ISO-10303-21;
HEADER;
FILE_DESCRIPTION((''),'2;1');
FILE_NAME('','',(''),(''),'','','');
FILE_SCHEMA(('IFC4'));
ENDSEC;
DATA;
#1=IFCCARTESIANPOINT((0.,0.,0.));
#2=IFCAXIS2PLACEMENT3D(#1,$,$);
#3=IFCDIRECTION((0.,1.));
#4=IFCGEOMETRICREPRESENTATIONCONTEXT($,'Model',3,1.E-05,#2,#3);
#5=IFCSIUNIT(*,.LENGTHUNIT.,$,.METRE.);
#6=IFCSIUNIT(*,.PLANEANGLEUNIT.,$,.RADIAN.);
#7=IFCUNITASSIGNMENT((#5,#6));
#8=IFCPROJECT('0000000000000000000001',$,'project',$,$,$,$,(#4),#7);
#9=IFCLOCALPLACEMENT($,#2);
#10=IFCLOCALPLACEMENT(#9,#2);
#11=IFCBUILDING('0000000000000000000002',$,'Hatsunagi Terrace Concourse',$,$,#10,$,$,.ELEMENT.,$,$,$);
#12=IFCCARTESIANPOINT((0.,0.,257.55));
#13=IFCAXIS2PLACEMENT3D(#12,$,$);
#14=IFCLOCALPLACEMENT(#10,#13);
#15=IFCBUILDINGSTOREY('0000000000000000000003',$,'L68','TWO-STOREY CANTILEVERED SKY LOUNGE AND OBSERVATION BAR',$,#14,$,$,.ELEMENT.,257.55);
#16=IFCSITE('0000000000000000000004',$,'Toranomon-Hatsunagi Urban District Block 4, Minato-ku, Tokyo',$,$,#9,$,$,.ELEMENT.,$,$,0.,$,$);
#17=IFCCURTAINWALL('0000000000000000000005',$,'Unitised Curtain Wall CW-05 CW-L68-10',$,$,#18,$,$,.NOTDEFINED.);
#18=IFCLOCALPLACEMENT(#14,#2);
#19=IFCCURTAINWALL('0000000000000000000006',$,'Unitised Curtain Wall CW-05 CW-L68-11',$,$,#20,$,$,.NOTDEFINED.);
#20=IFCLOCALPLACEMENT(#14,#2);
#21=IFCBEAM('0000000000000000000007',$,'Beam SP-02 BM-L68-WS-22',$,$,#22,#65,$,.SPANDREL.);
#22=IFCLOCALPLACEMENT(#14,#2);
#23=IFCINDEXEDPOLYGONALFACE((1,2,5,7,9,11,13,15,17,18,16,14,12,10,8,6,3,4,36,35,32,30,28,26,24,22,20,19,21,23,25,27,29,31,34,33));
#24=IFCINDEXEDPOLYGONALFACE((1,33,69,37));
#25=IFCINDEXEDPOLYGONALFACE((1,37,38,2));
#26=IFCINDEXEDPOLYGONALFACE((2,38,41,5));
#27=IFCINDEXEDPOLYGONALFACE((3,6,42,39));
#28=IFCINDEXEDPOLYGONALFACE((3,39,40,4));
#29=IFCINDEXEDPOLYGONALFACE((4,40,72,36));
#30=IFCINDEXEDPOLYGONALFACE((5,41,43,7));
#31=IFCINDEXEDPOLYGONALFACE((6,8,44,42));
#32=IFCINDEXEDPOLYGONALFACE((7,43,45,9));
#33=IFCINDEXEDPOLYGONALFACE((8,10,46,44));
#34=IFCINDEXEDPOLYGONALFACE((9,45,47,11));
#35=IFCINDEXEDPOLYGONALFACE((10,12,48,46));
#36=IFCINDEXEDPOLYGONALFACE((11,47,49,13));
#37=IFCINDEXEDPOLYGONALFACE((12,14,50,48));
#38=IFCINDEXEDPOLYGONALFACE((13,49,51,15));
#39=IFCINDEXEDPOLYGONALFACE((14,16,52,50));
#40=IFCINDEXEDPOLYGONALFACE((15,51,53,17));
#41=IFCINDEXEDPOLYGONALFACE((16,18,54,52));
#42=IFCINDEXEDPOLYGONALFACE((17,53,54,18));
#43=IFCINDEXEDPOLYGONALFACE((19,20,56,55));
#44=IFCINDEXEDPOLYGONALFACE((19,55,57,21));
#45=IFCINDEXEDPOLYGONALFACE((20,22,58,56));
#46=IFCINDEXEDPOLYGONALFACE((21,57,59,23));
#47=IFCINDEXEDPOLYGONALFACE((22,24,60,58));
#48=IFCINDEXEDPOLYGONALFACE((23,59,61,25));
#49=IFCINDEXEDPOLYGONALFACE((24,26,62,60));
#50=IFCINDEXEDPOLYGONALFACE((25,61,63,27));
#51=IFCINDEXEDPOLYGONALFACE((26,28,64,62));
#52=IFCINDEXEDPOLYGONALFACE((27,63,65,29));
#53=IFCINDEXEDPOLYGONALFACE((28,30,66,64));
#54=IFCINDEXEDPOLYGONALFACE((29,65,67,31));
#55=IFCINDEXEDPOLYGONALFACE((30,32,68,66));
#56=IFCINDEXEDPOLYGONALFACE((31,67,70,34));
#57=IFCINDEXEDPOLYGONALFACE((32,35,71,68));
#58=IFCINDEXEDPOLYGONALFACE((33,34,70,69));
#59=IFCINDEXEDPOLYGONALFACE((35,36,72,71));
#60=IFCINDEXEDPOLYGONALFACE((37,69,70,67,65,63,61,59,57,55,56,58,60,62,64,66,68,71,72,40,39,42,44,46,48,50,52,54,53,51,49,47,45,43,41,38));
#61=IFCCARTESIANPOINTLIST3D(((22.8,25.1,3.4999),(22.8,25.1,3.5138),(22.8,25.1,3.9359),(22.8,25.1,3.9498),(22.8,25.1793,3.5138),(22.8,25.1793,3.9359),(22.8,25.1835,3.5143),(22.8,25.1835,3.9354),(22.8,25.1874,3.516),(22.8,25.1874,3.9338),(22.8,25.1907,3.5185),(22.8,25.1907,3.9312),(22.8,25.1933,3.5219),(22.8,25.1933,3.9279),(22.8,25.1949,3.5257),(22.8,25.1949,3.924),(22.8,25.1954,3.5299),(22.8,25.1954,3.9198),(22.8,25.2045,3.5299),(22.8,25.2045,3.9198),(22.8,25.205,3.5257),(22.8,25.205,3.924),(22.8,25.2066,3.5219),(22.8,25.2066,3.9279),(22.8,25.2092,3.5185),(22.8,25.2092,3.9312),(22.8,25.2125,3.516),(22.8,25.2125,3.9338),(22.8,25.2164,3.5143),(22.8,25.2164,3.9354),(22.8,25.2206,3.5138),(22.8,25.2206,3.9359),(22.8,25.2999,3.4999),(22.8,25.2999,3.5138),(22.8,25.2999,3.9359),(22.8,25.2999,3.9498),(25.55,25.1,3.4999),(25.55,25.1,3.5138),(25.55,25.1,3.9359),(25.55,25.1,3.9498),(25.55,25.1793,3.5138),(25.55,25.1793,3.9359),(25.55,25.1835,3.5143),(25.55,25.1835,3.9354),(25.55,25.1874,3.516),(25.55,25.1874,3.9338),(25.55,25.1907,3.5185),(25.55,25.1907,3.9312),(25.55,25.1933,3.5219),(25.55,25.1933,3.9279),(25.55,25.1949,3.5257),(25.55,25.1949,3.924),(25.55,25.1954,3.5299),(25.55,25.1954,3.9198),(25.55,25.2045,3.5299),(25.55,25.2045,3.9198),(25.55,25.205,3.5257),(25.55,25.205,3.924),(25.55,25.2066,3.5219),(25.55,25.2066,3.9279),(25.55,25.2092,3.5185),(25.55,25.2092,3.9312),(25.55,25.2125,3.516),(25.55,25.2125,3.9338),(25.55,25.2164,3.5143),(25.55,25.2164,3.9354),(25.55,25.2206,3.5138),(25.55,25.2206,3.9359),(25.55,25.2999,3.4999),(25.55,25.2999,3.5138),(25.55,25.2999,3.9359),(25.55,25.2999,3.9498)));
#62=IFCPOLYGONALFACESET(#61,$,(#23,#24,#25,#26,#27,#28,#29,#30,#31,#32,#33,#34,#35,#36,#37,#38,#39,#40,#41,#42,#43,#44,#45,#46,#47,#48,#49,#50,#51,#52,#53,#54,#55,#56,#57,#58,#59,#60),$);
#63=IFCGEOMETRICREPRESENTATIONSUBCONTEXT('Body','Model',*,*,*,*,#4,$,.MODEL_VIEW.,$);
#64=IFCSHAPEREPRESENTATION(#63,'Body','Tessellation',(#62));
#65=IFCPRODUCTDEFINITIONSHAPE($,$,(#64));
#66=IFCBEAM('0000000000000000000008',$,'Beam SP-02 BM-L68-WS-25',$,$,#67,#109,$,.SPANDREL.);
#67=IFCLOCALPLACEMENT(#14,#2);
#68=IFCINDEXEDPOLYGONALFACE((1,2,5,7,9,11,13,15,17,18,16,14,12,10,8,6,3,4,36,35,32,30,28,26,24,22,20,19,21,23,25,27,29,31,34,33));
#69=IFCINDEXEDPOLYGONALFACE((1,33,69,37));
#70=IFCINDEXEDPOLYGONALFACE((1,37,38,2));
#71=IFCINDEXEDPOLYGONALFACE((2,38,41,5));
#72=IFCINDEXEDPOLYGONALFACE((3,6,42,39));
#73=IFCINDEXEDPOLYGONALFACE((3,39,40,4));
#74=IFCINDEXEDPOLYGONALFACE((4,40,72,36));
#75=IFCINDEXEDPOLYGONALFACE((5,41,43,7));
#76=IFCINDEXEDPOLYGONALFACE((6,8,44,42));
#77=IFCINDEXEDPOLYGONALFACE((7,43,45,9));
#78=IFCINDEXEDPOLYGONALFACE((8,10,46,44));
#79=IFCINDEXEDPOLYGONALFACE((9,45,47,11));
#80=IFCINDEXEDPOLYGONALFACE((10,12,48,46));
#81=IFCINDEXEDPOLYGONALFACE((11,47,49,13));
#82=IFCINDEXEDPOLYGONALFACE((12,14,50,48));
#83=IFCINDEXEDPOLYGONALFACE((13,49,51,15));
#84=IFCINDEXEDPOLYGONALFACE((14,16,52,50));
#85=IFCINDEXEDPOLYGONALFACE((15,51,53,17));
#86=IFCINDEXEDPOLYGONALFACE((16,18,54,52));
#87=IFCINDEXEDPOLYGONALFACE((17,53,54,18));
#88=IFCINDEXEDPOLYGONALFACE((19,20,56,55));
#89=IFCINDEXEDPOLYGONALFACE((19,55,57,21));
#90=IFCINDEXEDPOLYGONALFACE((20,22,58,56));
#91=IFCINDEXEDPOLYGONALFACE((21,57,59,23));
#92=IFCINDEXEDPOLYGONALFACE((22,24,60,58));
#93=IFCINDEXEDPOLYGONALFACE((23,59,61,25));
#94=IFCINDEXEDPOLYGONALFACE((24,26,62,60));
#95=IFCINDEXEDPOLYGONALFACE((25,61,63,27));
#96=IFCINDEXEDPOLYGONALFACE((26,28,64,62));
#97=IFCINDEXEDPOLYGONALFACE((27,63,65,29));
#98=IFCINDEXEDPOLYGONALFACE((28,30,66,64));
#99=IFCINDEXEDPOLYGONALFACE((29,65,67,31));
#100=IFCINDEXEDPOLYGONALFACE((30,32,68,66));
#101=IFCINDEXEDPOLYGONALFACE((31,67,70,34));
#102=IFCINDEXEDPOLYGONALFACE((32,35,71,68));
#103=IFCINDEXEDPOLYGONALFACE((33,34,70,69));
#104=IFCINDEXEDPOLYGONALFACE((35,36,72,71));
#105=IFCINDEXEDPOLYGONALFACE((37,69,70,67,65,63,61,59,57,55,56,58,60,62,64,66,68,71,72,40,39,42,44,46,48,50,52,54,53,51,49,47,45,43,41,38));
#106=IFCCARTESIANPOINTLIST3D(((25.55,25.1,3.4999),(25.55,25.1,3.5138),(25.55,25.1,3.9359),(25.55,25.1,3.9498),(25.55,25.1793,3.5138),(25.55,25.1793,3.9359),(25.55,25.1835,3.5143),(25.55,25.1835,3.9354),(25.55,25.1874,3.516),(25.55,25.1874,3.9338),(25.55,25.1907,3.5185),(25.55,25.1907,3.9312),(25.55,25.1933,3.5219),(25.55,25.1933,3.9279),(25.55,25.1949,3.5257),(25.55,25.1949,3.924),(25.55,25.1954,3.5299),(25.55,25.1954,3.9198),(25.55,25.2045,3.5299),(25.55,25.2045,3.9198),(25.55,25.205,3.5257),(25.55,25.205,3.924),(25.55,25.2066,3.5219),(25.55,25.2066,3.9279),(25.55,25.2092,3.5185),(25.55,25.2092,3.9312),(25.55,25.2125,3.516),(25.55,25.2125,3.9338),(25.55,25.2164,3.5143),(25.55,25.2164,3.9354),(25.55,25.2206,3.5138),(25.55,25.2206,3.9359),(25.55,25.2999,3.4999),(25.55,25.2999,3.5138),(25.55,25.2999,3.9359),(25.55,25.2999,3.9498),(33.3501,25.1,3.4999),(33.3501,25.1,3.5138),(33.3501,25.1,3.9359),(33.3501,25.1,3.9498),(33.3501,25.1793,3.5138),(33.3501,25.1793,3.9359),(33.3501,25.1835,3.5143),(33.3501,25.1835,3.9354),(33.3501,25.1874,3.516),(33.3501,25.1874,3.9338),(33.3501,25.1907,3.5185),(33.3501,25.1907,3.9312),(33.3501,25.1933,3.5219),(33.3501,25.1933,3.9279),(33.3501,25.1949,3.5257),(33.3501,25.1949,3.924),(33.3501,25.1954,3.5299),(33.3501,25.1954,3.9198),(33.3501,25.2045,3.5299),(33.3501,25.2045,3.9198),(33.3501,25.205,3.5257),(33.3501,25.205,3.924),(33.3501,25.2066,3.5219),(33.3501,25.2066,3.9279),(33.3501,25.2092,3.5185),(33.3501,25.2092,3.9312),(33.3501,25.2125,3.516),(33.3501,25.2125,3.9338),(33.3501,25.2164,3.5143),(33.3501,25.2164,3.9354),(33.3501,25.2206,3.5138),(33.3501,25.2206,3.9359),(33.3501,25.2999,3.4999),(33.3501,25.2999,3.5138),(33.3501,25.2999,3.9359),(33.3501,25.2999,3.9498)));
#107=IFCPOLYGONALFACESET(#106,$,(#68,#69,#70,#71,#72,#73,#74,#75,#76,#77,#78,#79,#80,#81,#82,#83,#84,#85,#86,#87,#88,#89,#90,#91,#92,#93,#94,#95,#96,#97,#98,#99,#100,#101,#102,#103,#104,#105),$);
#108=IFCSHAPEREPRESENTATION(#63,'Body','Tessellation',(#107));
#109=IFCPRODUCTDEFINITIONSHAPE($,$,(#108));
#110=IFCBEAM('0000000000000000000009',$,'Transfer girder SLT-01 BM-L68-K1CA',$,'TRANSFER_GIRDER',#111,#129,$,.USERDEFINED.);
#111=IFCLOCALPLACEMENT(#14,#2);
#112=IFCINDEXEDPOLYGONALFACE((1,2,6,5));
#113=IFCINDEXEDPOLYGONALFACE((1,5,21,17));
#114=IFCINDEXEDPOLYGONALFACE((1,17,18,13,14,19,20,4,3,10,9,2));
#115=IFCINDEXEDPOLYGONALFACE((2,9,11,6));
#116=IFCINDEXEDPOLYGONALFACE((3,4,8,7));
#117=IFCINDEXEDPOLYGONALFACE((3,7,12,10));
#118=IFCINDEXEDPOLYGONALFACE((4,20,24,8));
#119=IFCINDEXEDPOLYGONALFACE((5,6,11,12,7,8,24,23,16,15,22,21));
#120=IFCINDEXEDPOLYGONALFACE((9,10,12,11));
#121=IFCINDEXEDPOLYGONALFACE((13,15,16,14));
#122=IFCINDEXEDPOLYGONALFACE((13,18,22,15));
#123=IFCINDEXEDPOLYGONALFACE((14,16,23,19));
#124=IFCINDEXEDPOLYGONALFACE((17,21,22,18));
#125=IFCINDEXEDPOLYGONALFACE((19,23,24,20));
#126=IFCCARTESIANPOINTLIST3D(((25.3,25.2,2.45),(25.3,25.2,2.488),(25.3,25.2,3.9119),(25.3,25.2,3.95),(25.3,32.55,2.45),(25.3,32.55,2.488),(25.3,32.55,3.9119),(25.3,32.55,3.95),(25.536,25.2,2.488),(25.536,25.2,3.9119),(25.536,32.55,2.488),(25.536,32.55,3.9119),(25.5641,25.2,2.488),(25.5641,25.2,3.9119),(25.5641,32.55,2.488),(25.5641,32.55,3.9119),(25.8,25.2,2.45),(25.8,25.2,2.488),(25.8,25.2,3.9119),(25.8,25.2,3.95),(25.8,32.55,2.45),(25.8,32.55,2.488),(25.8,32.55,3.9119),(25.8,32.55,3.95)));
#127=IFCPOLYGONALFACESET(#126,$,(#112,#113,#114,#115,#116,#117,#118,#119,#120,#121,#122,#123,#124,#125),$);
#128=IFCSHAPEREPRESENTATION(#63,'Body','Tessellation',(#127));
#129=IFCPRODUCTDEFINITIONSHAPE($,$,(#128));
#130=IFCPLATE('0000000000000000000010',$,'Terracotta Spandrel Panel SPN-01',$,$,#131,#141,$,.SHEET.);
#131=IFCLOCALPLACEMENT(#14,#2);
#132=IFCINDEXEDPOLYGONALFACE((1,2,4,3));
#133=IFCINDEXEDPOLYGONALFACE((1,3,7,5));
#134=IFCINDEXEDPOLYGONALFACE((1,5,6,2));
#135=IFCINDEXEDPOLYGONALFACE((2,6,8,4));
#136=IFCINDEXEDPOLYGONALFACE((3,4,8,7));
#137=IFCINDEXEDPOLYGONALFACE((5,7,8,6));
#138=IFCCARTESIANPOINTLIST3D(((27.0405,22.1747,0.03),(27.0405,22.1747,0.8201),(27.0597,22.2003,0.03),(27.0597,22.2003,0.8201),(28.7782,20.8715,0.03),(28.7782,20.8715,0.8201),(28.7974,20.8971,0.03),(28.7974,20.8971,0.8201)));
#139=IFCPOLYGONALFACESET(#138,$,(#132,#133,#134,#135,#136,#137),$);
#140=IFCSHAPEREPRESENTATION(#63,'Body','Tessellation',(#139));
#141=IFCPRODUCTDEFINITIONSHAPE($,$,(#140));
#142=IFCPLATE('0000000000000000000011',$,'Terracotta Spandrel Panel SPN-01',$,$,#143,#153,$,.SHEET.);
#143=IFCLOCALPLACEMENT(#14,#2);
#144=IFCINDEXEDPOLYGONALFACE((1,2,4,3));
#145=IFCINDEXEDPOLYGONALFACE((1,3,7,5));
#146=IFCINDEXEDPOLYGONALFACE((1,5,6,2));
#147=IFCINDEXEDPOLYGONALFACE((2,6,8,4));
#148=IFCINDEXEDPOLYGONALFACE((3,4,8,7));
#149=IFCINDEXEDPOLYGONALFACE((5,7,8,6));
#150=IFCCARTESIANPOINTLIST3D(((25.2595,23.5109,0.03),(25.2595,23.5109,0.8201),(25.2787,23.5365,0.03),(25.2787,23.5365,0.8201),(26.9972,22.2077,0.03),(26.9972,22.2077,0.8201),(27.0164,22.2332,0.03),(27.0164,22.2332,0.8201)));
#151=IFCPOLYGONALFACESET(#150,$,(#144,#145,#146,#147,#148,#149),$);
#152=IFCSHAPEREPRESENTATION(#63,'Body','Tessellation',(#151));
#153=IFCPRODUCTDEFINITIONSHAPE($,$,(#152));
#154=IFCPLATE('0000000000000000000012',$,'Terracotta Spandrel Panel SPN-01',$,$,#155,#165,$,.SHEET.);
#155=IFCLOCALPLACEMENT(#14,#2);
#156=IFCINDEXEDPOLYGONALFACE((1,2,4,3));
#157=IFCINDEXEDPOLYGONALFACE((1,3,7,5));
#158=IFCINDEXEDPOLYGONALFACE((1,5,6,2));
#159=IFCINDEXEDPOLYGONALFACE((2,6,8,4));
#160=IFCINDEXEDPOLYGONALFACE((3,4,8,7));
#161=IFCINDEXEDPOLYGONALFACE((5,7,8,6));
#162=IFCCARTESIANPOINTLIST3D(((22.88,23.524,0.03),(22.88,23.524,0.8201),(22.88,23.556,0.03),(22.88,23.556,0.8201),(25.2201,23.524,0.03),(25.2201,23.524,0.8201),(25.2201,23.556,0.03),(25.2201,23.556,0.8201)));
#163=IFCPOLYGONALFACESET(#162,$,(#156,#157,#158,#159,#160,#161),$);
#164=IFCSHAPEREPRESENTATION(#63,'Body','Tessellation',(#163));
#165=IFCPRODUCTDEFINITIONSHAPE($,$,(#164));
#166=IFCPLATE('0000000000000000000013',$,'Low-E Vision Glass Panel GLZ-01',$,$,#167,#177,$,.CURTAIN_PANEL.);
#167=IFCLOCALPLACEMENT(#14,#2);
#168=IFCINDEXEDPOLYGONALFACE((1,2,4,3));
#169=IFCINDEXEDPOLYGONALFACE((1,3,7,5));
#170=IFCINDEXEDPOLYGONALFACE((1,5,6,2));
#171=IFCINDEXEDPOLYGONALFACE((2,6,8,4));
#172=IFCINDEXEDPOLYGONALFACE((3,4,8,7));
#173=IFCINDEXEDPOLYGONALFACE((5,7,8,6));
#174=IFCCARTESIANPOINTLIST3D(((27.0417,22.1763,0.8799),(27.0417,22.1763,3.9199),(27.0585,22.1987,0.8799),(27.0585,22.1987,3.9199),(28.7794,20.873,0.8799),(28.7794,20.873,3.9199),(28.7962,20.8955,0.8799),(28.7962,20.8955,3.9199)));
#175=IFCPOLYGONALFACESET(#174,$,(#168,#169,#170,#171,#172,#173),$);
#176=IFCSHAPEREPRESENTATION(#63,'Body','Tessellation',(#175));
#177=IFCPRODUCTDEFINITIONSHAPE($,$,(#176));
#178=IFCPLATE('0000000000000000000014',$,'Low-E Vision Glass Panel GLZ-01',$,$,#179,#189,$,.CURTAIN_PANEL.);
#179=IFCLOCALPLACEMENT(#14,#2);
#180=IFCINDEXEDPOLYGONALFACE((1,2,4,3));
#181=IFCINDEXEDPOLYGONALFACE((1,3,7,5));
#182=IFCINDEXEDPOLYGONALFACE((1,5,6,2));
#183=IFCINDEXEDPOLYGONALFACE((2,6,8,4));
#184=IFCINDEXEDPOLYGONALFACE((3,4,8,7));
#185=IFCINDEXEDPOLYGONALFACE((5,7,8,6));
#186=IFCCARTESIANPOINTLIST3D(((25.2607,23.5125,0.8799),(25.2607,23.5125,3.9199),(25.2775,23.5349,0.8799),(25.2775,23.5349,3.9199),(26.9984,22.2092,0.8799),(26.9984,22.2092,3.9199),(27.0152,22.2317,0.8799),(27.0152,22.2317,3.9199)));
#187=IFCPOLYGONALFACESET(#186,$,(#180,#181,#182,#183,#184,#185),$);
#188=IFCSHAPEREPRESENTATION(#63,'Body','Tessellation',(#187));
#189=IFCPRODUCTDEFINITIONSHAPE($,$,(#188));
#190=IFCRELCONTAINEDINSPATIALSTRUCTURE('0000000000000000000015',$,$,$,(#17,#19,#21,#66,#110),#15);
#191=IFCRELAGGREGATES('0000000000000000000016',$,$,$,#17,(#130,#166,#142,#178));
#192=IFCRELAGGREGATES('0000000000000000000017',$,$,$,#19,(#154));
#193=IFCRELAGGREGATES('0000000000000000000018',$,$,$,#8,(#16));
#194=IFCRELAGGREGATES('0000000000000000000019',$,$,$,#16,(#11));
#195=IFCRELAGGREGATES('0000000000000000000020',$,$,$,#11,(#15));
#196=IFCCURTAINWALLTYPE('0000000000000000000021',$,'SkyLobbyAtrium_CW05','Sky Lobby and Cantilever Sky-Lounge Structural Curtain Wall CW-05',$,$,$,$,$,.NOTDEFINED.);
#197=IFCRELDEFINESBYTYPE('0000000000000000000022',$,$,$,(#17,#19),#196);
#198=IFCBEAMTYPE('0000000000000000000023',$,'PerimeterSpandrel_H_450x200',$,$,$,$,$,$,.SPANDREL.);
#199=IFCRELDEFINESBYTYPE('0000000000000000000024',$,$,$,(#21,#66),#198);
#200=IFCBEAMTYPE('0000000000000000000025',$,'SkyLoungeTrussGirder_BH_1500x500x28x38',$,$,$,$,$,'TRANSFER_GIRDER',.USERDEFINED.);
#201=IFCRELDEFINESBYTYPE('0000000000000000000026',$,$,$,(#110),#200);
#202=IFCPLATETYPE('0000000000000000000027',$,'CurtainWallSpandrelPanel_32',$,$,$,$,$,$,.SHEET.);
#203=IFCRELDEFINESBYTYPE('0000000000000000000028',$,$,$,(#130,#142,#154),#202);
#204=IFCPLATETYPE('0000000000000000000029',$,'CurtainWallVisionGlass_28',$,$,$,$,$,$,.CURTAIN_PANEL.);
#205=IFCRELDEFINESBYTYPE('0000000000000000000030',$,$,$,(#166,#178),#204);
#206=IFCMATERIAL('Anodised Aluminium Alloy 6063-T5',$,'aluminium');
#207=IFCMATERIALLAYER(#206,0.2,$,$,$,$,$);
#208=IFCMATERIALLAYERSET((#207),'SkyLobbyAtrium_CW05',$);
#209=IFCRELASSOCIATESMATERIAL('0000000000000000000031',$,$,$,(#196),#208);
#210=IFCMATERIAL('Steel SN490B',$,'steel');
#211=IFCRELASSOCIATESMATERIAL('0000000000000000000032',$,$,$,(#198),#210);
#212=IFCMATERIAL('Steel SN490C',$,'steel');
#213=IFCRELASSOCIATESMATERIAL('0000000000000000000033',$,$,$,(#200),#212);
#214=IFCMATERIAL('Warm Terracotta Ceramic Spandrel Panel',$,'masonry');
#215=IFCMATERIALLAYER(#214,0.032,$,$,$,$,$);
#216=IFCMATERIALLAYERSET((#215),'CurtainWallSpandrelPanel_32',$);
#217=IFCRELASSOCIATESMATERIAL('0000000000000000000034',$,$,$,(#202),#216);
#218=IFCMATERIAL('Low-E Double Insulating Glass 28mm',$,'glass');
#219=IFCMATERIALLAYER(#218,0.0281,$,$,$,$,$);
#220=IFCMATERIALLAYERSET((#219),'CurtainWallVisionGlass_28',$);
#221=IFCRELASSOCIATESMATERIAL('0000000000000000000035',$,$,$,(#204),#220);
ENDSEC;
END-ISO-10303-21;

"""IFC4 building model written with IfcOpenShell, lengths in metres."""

from ifc_helpers import new_model, si_unit, direction, frame, origin, origin_2d, place, context, subcontext, project, spatial, rectangle, i_section, extrude, material, layer, layer_set, material_profile, profile_set, type_object, element, aggregate, save


model = new_model("IFC4")

# Units and contexts
model_context = context("Model", 3, precision=1e-05, world=origin(), true_north=direction((0.0, 1.0)))
body_context = subcontext(model_context, "Body", "Model", "MODEL_VIEW")
ifc_project = project(units=[si_unit("LENGTHUNIT", "METRE"), si_unit("PLANEANGLEUNIT", "RADIAN")], contexts=[model_context])

# Site, building, storey
site_placement = place(None, origin())
site = spatial("IfcSite", under=ifc_project, at=site_placement, Name="Toranomon-Hatsunagi Urban District Block 4, Minato-ku, Tokyo", CompositionType="ELEMENT", RefElevation=0.0)
building_placement = place(site_placement, origin())
building = spatial("IfcBuilding", under=site, at=building_placement, Name="Hatsunagi Terrace Concourse", CompositionType="ELEMENT")
storey_placement = place(building_placement, frame((0.0, 0.0, 257.55)))
storey = spatial("IfcBuildingStorey", under=building, at=storey_placement, Name="L68", Description="TWO-STOREY CANTILEVERED SKY LOUNGE AND OBSERVATION BAR", CompositionType="ELEMENT", Elevation=257.55)

# Curtain walls
ifc_material_1 = material(Name="Anodised Aluminium Alloy 6063-T5", Category="aluminium")
ifc_layer_1 = layer(ifc_material_1, 0.2)
ifc_layer_set_1 = layer_set([ifc_layer_1], Name="SkyLobbyAtrium_CW05")
curtain_wall_type = type_object("IfcCurtainWallType", Name="SkyLobbyAtrium_CW05", Description="Sky Lobby and Cantilever Sky-Lounge Structural Curtain Wall CW-05", PredefinedType="NOTDEFINED", material=ifc_layer_set_1)
curtain_wall_1_placement = place(storey_placement, origin())
curtain_wall_1 = element("IfcCurtainWall", 1, at=curtain_wall_1_placement, inside=storey, type_object=curtain_wall_type, Name="Unitised Curtain Wall CW-05 CW-L68-10", PredefinedType="NOTDEFINED")
curtain_wall_2_placement = place(storey_placement, origin())
curtain_wall_2 = element("IfcCurtainWall", 2, at=curtain_wall_2_placement, inside=storey, type_object=curtain_wall_type, Name="Unitised Curtain Wall CW-05 CW-L68-11", PredefinedType="NOTDEFINED")

# Beams
ifc_material_2 = material(Name="Steel SN490B", Category="steel")
ifc_material_profile_1 = material_profile(ifc_material_2, i_section(OverallWidth=0.2, OverallDepth=0.45, WebThickness=0.009, FlangeThickness=0.0139, FilletRadius=0.0161, at=origin_2d()), Name="H-450x200x9x14")
ifc_profile_set_1 = profile_set([ifc_material_profile_1], Name="Steel SN490B")
beam_type_1 = type_object("IfcBeamType", Name="PerimeterSpandrel_H_450x200", PredefinedType="SPANDREL", material=ifc_profile_set_1)
beam_1_placement = place(storey_placement, frame((22.8, 25.2, 3.7249), z_axis=(1.0, 0.0, 0.0), x_axis=(0.0, 1.0, 0.0)))
element("IfcBeam", 3, at=beam_1_placement, inside=storey, type_object=beam_type_1, Name="Beam SP-02 BM-L68-WS-22", PredefinedType="SPANDREL", context=body_context, shape_type="SweptSolid", body=[
    extrude(i_section(OverallWidth=0.2, OverallDepth=0.45, WebThickness=0.009, FlangeThickness=0.0139, FilletRadius=0.0161, at=origin_2d()), origin(), (0.0, 0.0, 1.0), 2.75),
])
beam_2_placement = place(storey_placement, frame((25.55, 25.2, 3.7249), z_axis=(1.0, 0.0, 0.0), x_axis=(0.0, 1.0, 0.0)))
element("IfcBeam", 4, at=beam_2_placement, inside=storey, type_object=beam_type_1, Name="Beam SP-02 BM-L68-WS-25", PredefinedType="SPANDREL", context=body_context, shape_type="SweptSolid", body=[
    extrude(i_section(OverallWidth=0.2, OverallDepth=0.45, WebThickness=0.009, FlangeThickness=0.0139, FilletRadius=0.0161, at=origin_2d()), origin(), (0.0, 0.0, 1.0), 7.8),
])
ifc_material_3 = material(Name="Steel SN490C", Category="steel")
ifc_material_profile_2 = material_profile(ifc_material_3, i_section(OverallWidth=0.5, OverallDepth=1.5, WebThickness=0.0281, FlangeThickness=0.0381, at=origin_2d()), Name="BH-1500x500x28x38")
ifc_profile_set_2 = profile_set([ifc_material_profile_2], Name="Steel SN490C")
beam_type_2 = type_object("IfcBeamType", Name="SkyLoungeTrussGirder_BH_1500x500x28x38", ElementType="TRANSFER_GIRDER", PredefinedType="USERDEFINED", material=ifc_profile_set_2)
beam_3_placement = place(storey_placement, frame((25.55, 25.2, 3.2), z_axis=(0.0, 1.0, 0.0), x_axis=(-1.0, 0.0, 0.0)))
element("IfcBeam", 5, at=beam_3_placement, inside=storey, type_object=beam_type_2, Name="Transfer girder SLT-01 BM-L68-K1CA", ObjectType="TRANSFER_GIRDER", PredefinedType="USERDEFINED", context=body_context, shape_type="SweptSolid", body=[
    extrude(i_section(OverallWidth=0.5, OverallDepth=1.5, WebThickness=0.0281, FlangeThickness=0.0381, at=origin_2d()), origin(), (0.0, 0.0, 1.0), 7.3501),
])

# Plates
ifc_material_4 = material(Name="Warm Terracotta Ceramic Spandrel Panel", Category="masonry")
ifc_layer_2 = layer(ifc_material_4, 0.032)
ifc_layer_set_2 = layer_set([ifc_layer_2], Name="CurtainWallSpandrelPanel_32")
plate_type_1 = type_object("IfcPlateType", Name="CurtainWallSpandrelPanel_32", PredefinedType="SHEET", material=ifc_layer_set_2)
plate_1_placement = place(storey_placement, frame((27.9189, 21.5359, 0.03), z_axis=(0.0, 0.0, 1.0), x_axis=(-0.800007, 0.59999, 0.0)))
plate_1 = element("IfcPlate", 6, at=plate_1_placement, type_object=plate_type_1, Name="Terracotta Spandrel Panel SPN-01", PredefinedType="SHEET", context=body_context, shape_type="SweptSolid", body=[
    extrude(rectangle(XDim=2.1721, YDim=0.032, at=origin_2d()), origin(), (0.0, 0.0, 1.0), 0.79),
])
plate_2_placement = place(storey_placement, frame((26.1379, 22.8721, 0.03), z_axis=(0.0, 0.0, 1.0), x_axis=(-0.800007, 0.59999, 0.0)))
plate_2 = element("IfcPlate", 7, at=plate_2_placement, type_object=plate_type_1, Name="Terracotta Spandrel Panel SPN-01", PredefinedType="SHEET", context=body_context, shape_type="SweptSolid", body=[
    extrude(rectangle(XDim=2.1721, YDim=0.032, at=origin_2d()), origin(), (0.0, 0.0, 1.0), 0.79),
])
plate_3_placement = place(storey_placement, frame((24.05, 23.54, 0.03), z_axis=(0.0, 0.0, 1.0), x_axis=(-1.0, 0.0, 0.0)))
plate_3 = element("IfcPlate", 8, at=plate_3_placement, type_object=plate_type_1, Name="Terracotta Spandrel Panel SPN-01", PredefinedType="SHEET", context=body_context, shape_type="SweptSolid", body=[
    extrude(rectangle(XDim=2.3401, YDim=0.032, at=origin_2d()), origin(), (0.0, 0.0, 1.0), 0.79),
])
ifc_material_5 = material(Name="Low-E Double Insulating Glass 28mm", Category="glass")
ifc_layer_3 = layer(ifc_material_5, 0.0281)
ifc_layer_set_3 = layer_set([ifc_layer_3], Name="CurtainWallVisionGlass_28")
plate_type_2 = type_object("IfcPlateType", Name="CurtainWallVisionGlass_28", PredefinedType="CURTAIN_PANEL", material=ifc_layer_set_3)
plate_4_placement = place(storey_placement, frame((27.9189, 21.5359, 0.8799), z_axis=(0.0, 0.0, 1.0), x_axis=(-0.800007, 0.59999, 0.0)))
plate_4 = element("IfcPlate", 9, at=plate_4_placement, type_object=plate_type_2, Name="Low-E Vision Glass Panel GLZ-01", PredefinedType="CURTAIN_PANEL", context=body_context, shape_type="SweptSolid", body=[
    extrude(rectangle(XDim=2.1721, YDim=0.0281, at=origin_2d()), origin(), (0.0, 0.0, 1.0), 3.04),
])
plate_5_placement = place(storey_placement, frame((26.1379, 22.8721, 0.8799), z_axis=(0.0, 0.0, 1.0), x_axis=(-0.800007, 0.59999, 0.0)))
plate_5 = element("IfcPlate", 10, at=plate_5_placement, type_object=plate_type_2, Name="Low-E Vision Glass Panel GLZ-01", PredefinedType="CURTAIN_PANEL", context=body_context, shape_type="SweptSolid", body=[
    extrude(rectangle(XDim=2.1721, YDim=0.0281, at=origin_2d()), origin(), (0.0, 0.0, 1.0), 3.04),
])
aggregate(curtain_wall_1, [plate_1, plate_4, plate_2, plate_5])
aggregate(curtain_wall_2, [plate_3])

save(model, "model.ifc")
